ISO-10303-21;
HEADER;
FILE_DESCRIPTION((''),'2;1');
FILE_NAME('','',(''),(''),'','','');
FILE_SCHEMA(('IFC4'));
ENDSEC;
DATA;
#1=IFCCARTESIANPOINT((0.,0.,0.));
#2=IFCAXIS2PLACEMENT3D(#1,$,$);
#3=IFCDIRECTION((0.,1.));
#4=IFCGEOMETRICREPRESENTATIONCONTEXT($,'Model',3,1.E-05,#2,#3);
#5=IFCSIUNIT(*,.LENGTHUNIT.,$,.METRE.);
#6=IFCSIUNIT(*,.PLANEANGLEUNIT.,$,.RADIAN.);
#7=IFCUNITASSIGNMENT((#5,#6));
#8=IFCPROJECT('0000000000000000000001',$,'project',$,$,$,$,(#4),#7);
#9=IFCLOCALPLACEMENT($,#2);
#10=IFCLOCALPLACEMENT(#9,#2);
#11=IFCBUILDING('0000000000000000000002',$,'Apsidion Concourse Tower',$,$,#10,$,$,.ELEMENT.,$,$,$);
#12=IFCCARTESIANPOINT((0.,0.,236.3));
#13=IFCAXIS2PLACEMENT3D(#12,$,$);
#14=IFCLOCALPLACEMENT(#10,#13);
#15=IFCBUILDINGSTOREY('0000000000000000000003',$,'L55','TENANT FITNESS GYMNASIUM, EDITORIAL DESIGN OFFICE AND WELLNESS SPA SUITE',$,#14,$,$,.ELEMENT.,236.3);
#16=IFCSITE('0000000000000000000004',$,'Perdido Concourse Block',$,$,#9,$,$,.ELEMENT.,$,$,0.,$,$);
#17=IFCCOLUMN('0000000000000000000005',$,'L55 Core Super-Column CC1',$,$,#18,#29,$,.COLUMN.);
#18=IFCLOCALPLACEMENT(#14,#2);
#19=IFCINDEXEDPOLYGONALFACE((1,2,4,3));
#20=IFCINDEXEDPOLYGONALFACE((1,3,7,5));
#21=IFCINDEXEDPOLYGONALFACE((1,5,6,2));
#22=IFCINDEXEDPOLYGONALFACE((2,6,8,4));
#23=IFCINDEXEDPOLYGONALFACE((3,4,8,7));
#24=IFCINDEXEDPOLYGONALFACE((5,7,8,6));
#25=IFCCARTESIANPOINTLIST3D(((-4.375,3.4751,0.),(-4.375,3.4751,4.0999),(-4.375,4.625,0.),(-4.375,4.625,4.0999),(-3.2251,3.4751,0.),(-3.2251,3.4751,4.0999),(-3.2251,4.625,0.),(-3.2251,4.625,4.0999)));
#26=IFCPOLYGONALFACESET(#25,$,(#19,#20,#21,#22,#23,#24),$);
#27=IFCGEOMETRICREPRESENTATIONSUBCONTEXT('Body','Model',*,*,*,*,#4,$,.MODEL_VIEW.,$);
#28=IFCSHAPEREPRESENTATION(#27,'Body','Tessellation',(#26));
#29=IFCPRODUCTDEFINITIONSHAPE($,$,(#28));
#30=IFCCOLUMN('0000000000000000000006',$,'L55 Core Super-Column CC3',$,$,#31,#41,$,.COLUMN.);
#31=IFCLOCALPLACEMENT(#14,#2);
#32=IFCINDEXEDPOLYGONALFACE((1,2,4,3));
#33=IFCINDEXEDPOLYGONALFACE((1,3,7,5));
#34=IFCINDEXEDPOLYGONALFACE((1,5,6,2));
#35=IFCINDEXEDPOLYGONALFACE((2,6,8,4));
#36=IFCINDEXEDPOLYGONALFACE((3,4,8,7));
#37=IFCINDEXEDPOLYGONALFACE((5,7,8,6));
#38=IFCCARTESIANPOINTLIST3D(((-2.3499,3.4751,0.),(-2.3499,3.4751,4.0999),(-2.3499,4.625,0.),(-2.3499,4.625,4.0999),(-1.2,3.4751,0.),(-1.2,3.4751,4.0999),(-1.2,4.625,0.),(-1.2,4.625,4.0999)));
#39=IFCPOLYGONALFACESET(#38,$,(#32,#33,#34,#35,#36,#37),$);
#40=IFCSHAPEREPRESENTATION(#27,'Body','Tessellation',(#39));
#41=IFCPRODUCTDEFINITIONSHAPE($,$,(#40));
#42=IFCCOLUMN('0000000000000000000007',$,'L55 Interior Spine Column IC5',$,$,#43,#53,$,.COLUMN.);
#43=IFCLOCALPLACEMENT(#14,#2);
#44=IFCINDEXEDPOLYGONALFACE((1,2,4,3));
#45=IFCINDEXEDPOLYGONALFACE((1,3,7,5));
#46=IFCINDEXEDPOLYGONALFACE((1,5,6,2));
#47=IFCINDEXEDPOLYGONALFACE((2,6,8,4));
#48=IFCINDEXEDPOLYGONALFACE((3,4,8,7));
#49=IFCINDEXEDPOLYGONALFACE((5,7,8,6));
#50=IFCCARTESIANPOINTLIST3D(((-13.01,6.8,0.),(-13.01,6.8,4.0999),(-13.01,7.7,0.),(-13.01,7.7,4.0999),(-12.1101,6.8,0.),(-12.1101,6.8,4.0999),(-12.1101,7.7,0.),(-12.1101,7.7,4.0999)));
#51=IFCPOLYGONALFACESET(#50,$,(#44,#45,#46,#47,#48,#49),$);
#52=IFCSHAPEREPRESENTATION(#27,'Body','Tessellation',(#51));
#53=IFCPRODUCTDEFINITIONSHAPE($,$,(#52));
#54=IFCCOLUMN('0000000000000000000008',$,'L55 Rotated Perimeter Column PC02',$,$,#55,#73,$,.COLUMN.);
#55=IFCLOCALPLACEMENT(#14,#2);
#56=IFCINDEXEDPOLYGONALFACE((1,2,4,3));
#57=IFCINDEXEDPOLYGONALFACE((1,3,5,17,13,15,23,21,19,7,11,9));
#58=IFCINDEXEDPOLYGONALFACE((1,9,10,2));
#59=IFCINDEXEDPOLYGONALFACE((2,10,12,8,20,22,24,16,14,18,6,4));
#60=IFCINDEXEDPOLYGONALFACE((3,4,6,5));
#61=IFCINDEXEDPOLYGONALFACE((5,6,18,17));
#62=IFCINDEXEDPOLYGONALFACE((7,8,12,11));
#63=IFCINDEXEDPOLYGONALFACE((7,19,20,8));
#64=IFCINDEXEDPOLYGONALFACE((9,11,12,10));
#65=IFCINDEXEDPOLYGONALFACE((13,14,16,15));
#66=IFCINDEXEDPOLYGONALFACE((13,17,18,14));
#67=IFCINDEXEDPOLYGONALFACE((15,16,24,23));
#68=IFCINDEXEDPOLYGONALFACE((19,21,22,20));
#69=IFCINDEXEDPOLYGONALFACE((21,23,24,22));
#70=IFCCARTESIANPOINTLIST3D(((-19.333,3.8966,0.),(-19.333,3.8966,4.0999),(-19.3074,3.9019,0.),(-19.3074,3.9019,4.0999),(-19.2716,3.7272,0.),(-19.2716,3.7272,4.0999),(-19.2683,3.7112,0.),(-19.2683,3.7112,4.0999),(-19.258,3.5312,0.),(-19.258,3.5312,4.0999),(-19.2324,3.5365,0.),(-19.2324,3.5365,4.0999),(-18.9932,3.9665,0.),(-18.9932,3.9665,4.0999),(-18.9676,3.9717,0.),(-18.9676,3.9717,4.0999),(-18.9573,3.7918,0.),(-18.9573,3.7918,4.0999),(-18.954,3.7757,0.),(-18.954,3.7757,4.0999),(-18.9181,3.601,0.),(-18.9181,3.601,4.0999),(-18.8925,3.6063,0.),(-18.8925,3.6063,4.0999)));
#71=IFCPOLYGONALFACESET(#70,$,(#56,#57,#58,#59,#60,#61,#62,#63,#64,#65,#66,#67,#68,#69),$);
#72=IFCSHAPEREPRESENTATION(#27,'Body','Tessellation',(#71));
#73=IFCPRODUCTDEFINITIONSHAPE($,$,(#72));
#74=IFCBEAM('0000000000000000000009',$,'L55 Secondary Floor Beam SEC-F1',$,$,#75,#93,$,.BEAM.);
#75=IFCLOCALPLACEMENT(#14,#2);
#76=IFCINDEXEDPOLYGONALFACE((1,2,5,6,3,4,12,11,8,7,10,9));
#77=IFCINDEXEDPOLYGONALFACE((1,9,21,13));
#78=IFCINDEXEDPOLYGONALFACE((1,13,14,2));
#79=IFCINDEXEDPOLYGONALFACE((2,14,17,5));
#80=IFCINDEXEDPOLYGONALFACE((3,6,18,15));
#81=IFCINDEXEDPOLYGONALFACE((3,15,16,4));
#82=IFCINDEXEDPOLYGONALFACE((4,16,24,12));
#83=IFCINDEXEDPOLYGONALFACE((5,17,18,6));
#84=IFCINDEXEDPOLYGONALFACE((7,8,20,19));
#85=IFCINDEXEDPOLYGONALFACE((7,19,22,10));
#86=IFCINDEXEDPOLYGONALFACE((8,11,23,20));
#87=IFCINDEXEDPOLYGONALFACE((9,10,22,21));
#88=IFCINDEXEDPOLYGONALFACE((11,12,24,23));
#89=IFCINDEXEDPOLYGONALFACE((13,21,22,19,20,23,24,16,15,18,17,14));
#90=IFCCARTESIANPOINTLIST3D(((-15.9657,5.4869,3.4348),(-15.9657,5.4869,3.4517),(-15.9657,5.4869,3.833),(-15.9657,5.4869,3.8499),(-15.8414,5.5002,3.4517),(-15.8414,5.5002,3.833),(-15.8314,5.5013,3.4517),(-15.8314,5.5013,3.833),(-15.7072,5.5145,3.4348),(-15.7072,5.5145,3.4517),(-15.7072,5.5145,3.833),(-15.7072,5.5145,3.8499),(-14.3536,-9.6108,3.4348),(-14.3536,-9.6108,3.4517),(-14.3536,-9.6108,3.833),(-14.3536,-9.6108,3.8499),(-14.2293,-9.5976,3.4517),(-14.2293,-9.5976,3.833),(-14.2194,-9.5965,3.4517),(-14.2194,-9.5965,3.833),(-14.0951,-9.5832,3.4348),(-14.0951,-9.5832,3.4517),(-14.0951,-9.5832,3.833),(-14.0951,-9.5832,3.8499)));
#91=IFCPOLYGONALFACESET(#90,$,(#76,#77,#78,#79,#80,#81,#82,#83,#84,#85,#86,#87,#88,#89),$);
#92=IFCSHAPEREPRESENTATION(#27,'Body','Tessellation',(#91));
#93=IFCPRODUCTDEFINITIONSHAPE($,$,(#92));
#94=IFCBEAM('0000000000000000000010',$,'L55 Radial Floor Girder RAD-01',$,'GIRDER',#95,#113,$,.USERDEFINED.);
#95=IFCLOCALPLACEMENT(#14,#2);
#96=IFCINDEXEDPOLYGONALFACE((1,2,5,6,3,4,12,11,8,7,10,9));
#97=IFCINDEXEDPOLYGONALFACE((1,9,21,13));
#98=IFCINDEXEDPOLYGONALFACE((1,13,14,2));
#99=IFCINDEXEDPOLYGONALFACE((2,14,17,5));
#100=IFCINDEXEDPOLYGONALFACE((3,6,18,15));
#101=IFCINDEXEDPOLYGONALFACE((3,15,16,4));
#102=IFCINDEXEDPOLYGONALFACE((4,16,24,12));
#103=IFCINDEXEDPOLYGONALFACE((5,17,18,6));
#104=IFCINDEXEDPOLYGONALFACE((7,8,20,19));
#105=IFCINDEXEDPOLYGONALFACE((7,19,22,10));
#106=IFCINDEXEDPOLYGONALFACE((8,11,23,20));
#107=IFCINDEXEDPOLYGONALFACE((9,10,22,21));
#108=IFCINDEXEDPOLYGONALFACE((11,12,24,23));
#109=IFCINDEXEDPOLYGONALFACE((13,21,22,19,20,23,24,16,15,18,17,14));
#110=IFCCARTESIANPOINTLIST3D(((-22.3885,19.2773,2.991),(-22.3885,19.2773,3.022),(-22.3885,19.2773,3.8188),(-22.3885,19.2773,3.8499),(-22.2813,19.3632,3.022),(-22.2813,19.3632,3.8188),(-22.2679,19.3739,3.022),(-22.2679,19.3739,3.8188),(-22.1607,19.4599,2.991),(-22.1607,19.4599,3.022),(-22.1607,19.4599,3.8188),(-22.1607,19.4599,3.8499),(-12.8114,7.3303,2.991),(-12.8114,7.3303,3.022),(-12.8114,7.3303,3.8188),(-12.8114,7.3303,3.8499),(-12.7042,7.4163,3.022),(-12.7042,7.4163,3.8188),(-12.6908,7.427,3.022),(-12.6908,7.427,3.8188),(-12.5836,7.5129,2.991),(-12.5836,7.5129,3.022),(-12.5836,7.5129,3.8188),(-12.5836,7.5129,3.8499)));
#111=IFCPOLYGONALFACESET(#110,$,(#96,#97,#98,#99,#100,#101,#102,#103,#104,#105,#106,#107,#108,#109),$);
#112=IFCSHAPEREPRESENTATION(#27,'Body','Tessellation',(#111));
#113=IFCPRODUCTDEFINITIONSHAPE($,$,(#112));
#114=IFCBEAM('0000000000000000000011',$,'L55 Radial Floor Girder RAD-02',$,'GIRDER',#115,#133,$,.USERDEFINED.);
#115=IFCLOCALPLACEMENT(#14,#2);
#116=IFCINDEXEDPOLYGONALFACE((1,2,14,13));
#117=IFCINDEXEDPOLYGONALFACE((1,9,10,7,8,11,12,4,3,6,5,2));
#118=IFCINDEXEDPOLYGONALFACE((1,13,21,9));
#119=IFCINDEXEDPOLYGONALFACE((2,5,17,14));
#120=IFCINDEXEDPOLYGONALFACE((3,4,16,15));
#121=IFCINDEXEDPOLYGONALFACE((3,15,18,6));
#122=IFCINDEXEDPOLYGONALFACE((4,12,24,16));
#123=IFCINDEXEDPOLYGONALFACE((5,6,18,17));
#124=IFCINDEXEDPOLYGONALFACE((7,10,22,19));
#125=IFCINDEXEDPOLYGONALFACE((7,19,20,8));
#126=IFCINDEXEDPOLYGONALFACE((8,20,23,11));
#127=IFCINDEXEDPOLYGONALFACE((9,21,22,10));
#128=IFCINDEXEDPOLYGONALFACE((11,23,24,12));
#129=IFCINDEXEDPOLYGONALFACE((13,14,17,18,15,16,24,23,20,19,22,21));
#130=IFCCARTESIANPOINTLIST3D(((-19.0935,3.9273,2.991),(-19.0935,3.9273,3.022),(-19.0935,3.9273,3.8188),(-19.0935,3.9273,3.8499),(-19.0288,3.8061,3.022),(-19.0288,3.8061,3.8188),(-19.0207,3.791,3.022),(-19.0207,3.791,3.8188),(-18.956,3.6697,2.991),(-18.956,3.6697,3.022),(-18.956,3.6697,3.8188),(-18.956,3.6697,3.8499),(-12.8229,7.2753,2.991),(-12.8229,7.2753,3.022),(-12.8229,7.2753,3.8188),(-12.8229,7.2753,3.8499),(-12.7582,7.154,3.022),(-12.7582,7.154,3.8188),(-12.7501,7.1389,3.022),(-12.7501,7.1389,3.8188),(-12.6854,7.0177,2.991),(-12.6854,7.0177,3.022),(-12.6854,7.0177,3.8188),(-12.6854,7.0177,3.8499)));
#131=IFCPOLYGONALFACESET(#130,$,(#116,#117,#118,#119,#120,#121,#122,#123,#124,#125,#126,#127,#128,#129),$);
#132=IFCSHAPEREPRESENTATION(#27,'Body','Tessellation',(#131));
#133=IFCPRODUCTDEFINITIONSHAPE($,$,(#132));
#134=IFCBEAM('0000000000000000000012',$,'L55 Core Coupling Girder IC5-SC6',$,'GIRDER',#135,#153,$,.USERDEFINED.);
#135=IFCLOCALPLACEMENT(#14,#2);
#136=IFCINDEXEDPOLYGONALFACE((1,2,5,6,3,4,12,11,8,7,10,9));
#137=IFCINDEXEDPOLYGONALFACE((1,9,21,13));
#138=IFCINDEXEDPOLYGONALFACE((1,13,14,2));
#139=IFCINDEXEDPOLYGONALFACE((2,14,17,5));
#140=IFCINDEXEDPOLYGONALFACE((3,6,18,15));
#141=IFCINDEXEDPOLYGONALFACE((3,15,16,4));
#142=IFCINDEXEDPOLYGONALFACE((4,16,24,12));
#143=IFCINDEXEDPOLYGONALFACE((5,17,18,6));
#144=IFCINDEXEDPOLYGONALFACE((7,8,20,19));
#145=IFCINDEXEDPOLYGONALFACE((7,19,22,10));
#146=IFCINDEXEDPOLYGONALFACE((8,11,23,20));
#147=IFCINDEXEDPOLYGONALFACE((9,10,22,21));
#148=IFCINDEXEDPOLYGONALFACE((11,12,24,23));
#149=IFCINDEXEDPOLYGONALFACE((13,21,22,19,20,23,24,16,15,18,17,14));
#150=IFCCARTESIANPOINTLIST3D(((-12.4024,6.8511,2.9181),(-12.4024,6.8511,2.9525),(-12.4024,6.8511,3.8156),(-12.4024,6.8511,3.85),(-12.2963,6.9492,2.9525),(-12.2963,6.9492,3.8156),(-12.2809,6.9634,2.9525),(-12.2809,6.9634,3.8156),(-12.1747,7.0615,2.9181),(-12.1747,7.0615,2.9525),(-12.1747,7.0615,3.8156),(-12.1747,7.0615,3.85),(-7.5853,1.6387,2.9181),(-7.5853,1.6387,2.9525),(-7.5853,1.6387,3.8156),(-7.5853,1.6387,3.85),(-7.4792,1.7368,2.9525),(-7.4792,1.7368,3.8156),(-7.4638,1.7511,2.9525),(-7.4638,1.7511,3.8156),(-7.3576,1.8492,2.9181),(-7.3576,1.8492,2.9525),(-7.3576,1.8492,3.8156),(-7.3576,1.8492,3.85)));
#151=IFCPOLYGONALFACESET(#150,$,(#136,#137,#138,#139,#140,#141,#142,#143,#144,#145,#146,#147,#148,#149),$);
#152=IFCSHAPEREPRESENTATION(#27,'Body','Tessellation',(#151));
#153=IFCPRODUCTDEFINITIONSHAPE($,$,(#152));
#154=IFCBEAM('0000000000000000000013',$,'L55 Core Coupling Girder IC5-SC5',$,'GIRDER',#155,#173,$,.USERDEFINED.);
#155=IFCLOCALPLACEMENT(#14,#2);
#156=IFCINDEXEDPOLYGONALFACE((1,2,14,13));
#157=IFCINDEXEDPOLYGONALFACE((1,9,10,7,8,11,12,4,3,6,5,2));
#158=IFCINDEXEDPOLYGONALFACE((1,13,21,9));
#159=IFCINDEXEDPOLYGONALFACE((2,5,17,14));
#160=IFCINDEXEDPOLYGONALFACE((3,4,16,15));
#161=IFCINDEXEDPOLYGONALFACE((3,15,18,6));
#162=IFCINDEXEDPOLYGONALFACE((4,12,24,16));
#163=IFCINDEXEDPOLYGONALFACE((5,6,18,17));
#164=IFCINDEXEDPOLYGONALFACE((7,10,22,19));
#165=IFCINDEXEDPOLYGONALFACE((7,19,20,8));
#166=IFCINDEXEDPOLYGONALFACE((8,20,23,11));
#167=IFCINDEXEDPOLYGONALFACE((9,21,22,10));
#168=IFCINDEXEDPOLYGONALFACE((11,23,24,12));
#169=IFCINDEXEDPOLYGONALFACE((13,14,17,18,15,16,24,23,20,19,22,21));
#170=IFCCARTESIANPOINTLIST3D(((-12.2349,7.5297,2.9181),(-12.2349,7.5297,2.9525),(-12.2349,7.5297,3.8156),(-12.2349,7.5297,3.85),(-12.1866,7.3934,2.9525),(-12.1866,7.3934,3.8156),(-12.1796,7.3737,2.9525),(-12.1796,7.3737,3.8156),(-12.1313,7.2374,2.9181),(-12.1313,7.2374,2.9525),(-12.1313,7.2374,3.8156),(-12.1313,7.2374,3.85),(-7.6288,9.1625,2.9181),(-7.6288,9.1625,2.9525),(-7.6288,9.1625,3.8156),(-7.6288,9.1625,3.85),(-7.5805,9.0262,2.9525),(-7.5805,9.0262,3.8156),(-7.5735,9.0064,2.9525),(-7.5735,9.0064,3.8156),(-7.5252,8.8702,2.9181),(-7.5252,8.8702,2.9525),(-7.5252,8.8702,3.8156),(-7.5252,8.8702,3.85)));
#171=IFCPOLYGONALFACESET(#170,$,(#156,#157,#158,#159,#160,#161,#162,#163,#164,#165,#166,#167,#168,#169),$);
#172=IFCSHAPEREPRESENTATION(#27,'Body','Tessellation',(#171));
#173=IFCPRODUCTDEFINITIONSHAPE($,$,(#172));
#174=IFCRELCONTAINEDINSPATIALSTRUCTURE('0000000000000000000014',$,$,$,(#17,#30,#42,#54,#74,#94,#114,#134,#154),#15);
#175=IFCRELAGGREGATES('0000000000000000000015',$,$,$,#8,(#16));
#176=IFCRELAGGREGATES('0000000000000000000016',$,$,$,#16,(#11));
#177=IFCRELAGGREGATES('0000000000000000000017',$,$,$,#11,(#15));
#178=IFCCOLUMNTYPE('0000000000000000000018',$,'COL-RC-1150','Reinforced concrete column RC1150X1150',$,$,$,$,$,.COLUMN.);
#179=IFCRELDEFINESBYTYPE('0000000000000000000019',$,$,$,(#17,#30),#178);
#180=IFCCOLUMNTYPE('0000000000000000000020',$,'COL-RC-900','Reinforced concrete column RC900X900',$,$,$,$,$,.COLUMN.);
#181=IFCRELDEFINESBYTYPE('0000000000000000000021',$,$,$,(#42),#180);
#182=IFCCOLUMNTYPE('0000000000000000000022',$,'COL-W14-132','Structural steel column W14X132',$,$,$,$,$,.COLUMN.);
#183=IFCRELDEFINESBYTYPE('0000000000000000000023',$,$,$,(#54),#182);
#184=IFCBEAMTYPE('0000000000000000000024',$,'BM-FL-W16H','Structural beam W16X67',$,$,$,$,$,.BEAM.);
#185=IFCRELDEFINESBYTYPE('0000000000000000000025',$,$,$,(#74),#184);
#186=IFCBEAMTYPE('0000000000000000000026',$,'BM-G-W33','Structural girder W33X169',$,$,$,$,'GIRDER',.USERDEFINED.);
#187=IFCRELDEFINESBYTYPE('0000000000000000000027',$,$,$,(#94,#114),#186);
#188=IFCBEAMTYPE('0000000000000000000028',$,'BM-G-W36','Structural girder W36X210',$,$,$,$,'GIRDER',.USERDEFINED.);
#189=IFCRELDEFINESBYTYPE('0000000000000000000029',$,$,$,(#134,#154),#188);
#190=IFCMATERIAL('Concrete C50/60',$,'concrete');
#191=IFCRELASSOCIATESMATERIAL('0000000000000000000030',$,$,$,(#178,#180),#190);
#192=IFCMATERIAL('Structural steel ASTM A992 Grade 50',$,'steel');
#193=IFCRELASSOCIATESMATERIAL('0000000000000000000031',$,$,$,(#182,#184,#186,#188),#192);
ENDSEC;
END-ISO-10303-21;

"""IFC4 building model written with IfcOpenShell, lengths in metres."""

from ifc_helpers import new_model, si_unit, direction, frame, origin, origin_2d, place, context, subcontext, project, spatial, rectangle, i_section, extrude, material, material_profile, profile_set, type_object, element, save


model = new_model("IFC4")

# Units and contexts
model_context = context("Model", 3, precision=1e-05, world=origin(), true_north=direction((0.0, 1.0)))
body_context = subcontext(model_context, "Body", "Model", "MODEL_VIEW")
ifc_project = project(units=[si_unit("LENGTHUNIT", "METRE"), si_unit("PLANEANGLEUNIT", "RADIAN")], contexts=[model_context])

# Site, building, storey
site_placement = place(None, origin())
site = spatial("IfcSite", under=ifc_project, at=site_placement, Name="Perdido Concourse Block", CompositionType="ELEMENT", RefElevation=0.0)
building_placement = place(site_placement, origin())
building = spatial("IfcBuilding", under=site, at=building_placement, Name="Apsidion Concourse Tower", CompositionType="ELEMENT")
storey_placement = place(building_placement, frame((0.0, 0.0, 236.3)))
storey = spatial("IfcBuildingStorey", under=building, at=storey_placement, Name="L55", Description="TENANT FITNESS GYMNASIUM, EDITORIAL DESIGN OFFICE AND WELLNESS SPA SUITE", CompositionType="ELEMENT", Elevation=236.3)

# Columns
ifc_material_1 = material(Name="Concrete C50/60", Category="concrete")
ifc_material_profile_1 = material_profile(ifc_material_1, rectangle(XDim=1.1499, YDim=1.1499, at=origin_2d()), Name="RC 1150x1150")
ifc_profile_set_1 = profile_set([ifc_material_profile_1], Name="Concrete C50/60")
column_type_1 = type_object("IfcColumnType", Name="COL-RC-1150", Description="Reinforced concrete column RC1150X1150", PredefinedType="COLUMN", material=ifc_profile_set_1)
for number, where, z_axis, x_axis, name in (
    (1, (-3.8, 4.05, 0.0), (0.0, 0.0, 1.0), (1.0, 0.0, 0.0), "L55 Core Super-Column CC1"),
    (2, (-1.7749, 4.05, 0.0), (0.0, 0.0, 1.0), (1.0, 0.0, 0.0), "L55 Core Super-Column CC3"),
):
    element("IfcColumn", number, at=place(storey_placement, frame(where, z_axis=z_axis, x_axis=x_axis)), inside=storey, type_object=column_type_1, Name=name, PredefinedType="COLUMN", context=body_context, shape_type="SweptSolid", body=[
        extrude(rectangle(XDim=1.1499, YDim=1.1499, at=origin_2d()), origin(), (0.0, 0.0, 1.0), 4.0999),
    ])
ifc_material_profile_2 = material_profile(ifc_material_1, rectangle(XDim=0.8999, YDim=0.8999, at=origin_2d()), Name="RC 900x900")
ifc_profile_set_2 = profile_set([ifc_material_profile_2], Name="Concrete C50/60")
column_type_2 = type_object("IfcColumnType", Name="COL-RC-900", Description="Reinforced concrete column RC900X900", PredefinedType="COLUMN", material=ifc_profile_set_2)
column_1_placement = place(storey_placement, frame((-12.5601, 7.25, 0.0), z_axis=(0.0, 0.0, 1.0), x_axis=(1.0, 0.0, 0.0)))
element("IfcColumn", 3, at=column_1_placement, inside=storey, type_object=column_type_2, Name="L55 Interior Spine Column IC5", PredefinedType="COLUMN", context=body_context, shape_type="SweptSolid", body=[
    extrude(rectangle(XDim=0.8999, YDim=0.8999, at=origin_2d()), origin(), (0.0, 0.0, 1.0), 4.0999),
])
ifc_material_2 = material(Name="Structural steel ASTM A992 Grade 50", Category="steel")
ifc_material_profile_3 = material_profile(ifc_material_2, i_section(OverallWidth=0.373, OverallDepth=0.373, WebThickness=0.0164, FlangeThickness=0.0261, at=origin_2d()), Name="W14X132")
ifc_profile_set_3 = profile_set([ifc_material_profile_3], Name="Structural steel ASTM A992 Grade 50")
column_type_3 = type_object("IfcColumnType", Name="COL-W14-132", Description="Structural steel column W14X132", PredefinedType="COLUMN", material=ifc_profile_set_3)
column_2_placement = place(storey_placement, frame((-19.1128, 3.7515, 0.0), z_axis=(0.0, 0.0, 1.0), x_axis=(-0.201249, 0.97954, 0.0)))
element("IfcColumn", 4, at=column_2_placement, inside=storey, type_object=column_type_3, Name="L55 Rotated Perimeter Column PC02", PredefinedType="COLUMN", context=body_context, shape_type="SweptSolid", body=[
    extrude(i_section(OverallWidth=0.373, OverallDepth=0.373, WebThickness=0.0164, FlangeThickness=0.0261, at=origin_2d()), origin(), (0.0, 0.0, 1.0), 4.0999),
])

# Beams
ifc_material_profile_4 = material_profile(ifc_material_2, i_section(OverallWidth=0.26, OverallDepth=0.415, WebThickness=0.01, FlangeThickness=0.0168, at=origin_2d()), Name="W16X67")
ifc_profile_set_4 = profile_set([ifc_material_profile_4], Name="Structural steel ASTM A992 Grade 50")
beam_type_1 = type_object("IfcBeamType", Name="BM-FL-W16H", Description="Structural beam W16X67", PredefinedType="BEAM", material=ifc_profile_set_4)
beam_1_placement = place(storey_placement, frame((-15.8364, 5.5007, 3.6423), z_axis=(0.106172, -0.994348, 0.0), x_axis=(0.994348, 0.106172, 0.0)))
element("IfcBeam", 5, at=beam_1_placement, inside=storey, type_object=beam_type_1, Name="L55 Secondary Floor Beam SEC-F1", PredefinedType="BEAM", context=body_context, shape_type="SweptSolid", body=[
    extrude(i_section(OverallWidth=0.26, OverallDepth=0.415, WebThickness=0.01, FlangeThickness=0.0168, at=origin_2d()), origin(), (0.0, 0.0, 1.0), 15.1836),
])
ifc_material_profile_5 = material_profile(ifc_material_2, i_section(OverallWidth=0.292, OverallDepth=0.8589, WebThickness=0.0171, FlangeThickness=0.031, at=origin_2d()), Name="W33X169")
ifc_profile_set_5 = profile_set([ifc_material_profile_5], Name="Structural steel ASTM A992 Grade 50")
beam_type_2 = type_object("IfcBeamType", Name="BM-G-W33", Description="Structural girder W33X169", ElementType="GIRDER", PredefinedType="USERDEFINED", material=ifc_profile_set_5)
beam_2_placement = place(storey_placement, frame((-12.6975, 7.4216, 3.4204), z_axis=(-0.625473, 0.780246, 0.0), x_axis=(-0.780246, -0.625473, 0.0)))
element("IfcBeam", 6, at=beam_2_placement, inside=storey, type_object=beam_type_2, Name="L55 Radial Floor Girder RAD-01", ObjectType="GIRDER", PredefinedType="USERDEFINED", context=body_context, shape_type="SweptSolid", body=[
    extrude(i_section(OverallWidth=0.292, OverallDepth=0.8589, WebThickness=0.0171, FlangeThickness=0.031, at=origin_2d()), origin(), (0.0, 0.0, 1.0), 15.3118),
])
beam_3_placement = place(storey_placement, frame((-12.7542, 7.1465, 3.4204), z_axis=(-0.882141, -0.470986, 0.0), x_axis=(0.470986, -0.882141, 0.0)))
element("IfcBeam", 7, at=beam_3_placement, inside=storey, type_object=beam_type_2, Name="L55 Radial Floor Girder RAD-02", ObjectType="GIRDER", PredefinedType="USERDEFINED", context=body_context, shape_type="SweptSolid", body=[
    extrude(i_section(OverallWidth=0.292, OverallDepth=0.8589, WebThickness=0.0171, FlangeThickness=0.031, at=origin_2d()), origin(), (0.0, 0.0, 1.0), 7.1084),
])
ifc_material_profile_6 = material_profile(ifc_material_2, i_section(OverallWidth=0.3101, OverallDepth=0.9319, WebThickness=0.021, FlangeThickness=0.0344, at=origin_2d()), Name="W36X210")
ifc_profile_set_6 = profile_set([ifc_material_profile_6], Name="Structural steel ASTM A992 Grade 50")
beam_type_3 = type_object("IfcBeamType", Name="BM-G-W36", Description="Structural girder W36X210", ElementType="GIRDER", PredefinedType="USERDEFINED", material=ifc_profile_set_6)
beam_4_placement = place(storey_placement, frame((-12.2886, 6.9563, 3.384), z_axis=(0.678713, -0.734404, 0.0), x_axis=(0.734404, 0.678713, 0.0)))
element("IfcBeam", 8, at=beam_4_placement, inside=storey, type_object=beam_type_3, Name="L55 Core Coupling Girder IC5-SC6", ObjectType="GIRDER", PredefinedType="USERDEFINED", context=body_context, shape_type="SweptSolid", body=[
    extrude(i_section(OverallWidth=0.3101, OverallDepth=0.9319, WebThickness=0.021, FlangeThickness=0.0344, at=origin_2d()), origin(), (0.0, 0.0, 1.0), 7.0974),
])
beam_5_placement = place(storey_placement, frame((-12.1831, 7.3835, 3.384), z_axis=(0.942534, 0.334111, 0.0), x_axis=(-0.334111, 0.942534, 0.0)))
element("IfcBeam", 9, at=beam_5_placement, inside=storey, type_object=beam_type_3, Name="L55 Core Coupling Girder IC5-SC5", ObjectType="GIRDER", PredefinedType="USERDEFINED", context=body_context, shape_type="SweptSolid", body=[
    extrude(i_section(OverallWidth=0.3101, OverallDepth=0.9319, WebThickness=0.021, FlangeThickness=0.0344, at=origin_2d()), origin(), (0.0, 0.0, 1.0), 4.887),
])

save(model, "model.ifc")
